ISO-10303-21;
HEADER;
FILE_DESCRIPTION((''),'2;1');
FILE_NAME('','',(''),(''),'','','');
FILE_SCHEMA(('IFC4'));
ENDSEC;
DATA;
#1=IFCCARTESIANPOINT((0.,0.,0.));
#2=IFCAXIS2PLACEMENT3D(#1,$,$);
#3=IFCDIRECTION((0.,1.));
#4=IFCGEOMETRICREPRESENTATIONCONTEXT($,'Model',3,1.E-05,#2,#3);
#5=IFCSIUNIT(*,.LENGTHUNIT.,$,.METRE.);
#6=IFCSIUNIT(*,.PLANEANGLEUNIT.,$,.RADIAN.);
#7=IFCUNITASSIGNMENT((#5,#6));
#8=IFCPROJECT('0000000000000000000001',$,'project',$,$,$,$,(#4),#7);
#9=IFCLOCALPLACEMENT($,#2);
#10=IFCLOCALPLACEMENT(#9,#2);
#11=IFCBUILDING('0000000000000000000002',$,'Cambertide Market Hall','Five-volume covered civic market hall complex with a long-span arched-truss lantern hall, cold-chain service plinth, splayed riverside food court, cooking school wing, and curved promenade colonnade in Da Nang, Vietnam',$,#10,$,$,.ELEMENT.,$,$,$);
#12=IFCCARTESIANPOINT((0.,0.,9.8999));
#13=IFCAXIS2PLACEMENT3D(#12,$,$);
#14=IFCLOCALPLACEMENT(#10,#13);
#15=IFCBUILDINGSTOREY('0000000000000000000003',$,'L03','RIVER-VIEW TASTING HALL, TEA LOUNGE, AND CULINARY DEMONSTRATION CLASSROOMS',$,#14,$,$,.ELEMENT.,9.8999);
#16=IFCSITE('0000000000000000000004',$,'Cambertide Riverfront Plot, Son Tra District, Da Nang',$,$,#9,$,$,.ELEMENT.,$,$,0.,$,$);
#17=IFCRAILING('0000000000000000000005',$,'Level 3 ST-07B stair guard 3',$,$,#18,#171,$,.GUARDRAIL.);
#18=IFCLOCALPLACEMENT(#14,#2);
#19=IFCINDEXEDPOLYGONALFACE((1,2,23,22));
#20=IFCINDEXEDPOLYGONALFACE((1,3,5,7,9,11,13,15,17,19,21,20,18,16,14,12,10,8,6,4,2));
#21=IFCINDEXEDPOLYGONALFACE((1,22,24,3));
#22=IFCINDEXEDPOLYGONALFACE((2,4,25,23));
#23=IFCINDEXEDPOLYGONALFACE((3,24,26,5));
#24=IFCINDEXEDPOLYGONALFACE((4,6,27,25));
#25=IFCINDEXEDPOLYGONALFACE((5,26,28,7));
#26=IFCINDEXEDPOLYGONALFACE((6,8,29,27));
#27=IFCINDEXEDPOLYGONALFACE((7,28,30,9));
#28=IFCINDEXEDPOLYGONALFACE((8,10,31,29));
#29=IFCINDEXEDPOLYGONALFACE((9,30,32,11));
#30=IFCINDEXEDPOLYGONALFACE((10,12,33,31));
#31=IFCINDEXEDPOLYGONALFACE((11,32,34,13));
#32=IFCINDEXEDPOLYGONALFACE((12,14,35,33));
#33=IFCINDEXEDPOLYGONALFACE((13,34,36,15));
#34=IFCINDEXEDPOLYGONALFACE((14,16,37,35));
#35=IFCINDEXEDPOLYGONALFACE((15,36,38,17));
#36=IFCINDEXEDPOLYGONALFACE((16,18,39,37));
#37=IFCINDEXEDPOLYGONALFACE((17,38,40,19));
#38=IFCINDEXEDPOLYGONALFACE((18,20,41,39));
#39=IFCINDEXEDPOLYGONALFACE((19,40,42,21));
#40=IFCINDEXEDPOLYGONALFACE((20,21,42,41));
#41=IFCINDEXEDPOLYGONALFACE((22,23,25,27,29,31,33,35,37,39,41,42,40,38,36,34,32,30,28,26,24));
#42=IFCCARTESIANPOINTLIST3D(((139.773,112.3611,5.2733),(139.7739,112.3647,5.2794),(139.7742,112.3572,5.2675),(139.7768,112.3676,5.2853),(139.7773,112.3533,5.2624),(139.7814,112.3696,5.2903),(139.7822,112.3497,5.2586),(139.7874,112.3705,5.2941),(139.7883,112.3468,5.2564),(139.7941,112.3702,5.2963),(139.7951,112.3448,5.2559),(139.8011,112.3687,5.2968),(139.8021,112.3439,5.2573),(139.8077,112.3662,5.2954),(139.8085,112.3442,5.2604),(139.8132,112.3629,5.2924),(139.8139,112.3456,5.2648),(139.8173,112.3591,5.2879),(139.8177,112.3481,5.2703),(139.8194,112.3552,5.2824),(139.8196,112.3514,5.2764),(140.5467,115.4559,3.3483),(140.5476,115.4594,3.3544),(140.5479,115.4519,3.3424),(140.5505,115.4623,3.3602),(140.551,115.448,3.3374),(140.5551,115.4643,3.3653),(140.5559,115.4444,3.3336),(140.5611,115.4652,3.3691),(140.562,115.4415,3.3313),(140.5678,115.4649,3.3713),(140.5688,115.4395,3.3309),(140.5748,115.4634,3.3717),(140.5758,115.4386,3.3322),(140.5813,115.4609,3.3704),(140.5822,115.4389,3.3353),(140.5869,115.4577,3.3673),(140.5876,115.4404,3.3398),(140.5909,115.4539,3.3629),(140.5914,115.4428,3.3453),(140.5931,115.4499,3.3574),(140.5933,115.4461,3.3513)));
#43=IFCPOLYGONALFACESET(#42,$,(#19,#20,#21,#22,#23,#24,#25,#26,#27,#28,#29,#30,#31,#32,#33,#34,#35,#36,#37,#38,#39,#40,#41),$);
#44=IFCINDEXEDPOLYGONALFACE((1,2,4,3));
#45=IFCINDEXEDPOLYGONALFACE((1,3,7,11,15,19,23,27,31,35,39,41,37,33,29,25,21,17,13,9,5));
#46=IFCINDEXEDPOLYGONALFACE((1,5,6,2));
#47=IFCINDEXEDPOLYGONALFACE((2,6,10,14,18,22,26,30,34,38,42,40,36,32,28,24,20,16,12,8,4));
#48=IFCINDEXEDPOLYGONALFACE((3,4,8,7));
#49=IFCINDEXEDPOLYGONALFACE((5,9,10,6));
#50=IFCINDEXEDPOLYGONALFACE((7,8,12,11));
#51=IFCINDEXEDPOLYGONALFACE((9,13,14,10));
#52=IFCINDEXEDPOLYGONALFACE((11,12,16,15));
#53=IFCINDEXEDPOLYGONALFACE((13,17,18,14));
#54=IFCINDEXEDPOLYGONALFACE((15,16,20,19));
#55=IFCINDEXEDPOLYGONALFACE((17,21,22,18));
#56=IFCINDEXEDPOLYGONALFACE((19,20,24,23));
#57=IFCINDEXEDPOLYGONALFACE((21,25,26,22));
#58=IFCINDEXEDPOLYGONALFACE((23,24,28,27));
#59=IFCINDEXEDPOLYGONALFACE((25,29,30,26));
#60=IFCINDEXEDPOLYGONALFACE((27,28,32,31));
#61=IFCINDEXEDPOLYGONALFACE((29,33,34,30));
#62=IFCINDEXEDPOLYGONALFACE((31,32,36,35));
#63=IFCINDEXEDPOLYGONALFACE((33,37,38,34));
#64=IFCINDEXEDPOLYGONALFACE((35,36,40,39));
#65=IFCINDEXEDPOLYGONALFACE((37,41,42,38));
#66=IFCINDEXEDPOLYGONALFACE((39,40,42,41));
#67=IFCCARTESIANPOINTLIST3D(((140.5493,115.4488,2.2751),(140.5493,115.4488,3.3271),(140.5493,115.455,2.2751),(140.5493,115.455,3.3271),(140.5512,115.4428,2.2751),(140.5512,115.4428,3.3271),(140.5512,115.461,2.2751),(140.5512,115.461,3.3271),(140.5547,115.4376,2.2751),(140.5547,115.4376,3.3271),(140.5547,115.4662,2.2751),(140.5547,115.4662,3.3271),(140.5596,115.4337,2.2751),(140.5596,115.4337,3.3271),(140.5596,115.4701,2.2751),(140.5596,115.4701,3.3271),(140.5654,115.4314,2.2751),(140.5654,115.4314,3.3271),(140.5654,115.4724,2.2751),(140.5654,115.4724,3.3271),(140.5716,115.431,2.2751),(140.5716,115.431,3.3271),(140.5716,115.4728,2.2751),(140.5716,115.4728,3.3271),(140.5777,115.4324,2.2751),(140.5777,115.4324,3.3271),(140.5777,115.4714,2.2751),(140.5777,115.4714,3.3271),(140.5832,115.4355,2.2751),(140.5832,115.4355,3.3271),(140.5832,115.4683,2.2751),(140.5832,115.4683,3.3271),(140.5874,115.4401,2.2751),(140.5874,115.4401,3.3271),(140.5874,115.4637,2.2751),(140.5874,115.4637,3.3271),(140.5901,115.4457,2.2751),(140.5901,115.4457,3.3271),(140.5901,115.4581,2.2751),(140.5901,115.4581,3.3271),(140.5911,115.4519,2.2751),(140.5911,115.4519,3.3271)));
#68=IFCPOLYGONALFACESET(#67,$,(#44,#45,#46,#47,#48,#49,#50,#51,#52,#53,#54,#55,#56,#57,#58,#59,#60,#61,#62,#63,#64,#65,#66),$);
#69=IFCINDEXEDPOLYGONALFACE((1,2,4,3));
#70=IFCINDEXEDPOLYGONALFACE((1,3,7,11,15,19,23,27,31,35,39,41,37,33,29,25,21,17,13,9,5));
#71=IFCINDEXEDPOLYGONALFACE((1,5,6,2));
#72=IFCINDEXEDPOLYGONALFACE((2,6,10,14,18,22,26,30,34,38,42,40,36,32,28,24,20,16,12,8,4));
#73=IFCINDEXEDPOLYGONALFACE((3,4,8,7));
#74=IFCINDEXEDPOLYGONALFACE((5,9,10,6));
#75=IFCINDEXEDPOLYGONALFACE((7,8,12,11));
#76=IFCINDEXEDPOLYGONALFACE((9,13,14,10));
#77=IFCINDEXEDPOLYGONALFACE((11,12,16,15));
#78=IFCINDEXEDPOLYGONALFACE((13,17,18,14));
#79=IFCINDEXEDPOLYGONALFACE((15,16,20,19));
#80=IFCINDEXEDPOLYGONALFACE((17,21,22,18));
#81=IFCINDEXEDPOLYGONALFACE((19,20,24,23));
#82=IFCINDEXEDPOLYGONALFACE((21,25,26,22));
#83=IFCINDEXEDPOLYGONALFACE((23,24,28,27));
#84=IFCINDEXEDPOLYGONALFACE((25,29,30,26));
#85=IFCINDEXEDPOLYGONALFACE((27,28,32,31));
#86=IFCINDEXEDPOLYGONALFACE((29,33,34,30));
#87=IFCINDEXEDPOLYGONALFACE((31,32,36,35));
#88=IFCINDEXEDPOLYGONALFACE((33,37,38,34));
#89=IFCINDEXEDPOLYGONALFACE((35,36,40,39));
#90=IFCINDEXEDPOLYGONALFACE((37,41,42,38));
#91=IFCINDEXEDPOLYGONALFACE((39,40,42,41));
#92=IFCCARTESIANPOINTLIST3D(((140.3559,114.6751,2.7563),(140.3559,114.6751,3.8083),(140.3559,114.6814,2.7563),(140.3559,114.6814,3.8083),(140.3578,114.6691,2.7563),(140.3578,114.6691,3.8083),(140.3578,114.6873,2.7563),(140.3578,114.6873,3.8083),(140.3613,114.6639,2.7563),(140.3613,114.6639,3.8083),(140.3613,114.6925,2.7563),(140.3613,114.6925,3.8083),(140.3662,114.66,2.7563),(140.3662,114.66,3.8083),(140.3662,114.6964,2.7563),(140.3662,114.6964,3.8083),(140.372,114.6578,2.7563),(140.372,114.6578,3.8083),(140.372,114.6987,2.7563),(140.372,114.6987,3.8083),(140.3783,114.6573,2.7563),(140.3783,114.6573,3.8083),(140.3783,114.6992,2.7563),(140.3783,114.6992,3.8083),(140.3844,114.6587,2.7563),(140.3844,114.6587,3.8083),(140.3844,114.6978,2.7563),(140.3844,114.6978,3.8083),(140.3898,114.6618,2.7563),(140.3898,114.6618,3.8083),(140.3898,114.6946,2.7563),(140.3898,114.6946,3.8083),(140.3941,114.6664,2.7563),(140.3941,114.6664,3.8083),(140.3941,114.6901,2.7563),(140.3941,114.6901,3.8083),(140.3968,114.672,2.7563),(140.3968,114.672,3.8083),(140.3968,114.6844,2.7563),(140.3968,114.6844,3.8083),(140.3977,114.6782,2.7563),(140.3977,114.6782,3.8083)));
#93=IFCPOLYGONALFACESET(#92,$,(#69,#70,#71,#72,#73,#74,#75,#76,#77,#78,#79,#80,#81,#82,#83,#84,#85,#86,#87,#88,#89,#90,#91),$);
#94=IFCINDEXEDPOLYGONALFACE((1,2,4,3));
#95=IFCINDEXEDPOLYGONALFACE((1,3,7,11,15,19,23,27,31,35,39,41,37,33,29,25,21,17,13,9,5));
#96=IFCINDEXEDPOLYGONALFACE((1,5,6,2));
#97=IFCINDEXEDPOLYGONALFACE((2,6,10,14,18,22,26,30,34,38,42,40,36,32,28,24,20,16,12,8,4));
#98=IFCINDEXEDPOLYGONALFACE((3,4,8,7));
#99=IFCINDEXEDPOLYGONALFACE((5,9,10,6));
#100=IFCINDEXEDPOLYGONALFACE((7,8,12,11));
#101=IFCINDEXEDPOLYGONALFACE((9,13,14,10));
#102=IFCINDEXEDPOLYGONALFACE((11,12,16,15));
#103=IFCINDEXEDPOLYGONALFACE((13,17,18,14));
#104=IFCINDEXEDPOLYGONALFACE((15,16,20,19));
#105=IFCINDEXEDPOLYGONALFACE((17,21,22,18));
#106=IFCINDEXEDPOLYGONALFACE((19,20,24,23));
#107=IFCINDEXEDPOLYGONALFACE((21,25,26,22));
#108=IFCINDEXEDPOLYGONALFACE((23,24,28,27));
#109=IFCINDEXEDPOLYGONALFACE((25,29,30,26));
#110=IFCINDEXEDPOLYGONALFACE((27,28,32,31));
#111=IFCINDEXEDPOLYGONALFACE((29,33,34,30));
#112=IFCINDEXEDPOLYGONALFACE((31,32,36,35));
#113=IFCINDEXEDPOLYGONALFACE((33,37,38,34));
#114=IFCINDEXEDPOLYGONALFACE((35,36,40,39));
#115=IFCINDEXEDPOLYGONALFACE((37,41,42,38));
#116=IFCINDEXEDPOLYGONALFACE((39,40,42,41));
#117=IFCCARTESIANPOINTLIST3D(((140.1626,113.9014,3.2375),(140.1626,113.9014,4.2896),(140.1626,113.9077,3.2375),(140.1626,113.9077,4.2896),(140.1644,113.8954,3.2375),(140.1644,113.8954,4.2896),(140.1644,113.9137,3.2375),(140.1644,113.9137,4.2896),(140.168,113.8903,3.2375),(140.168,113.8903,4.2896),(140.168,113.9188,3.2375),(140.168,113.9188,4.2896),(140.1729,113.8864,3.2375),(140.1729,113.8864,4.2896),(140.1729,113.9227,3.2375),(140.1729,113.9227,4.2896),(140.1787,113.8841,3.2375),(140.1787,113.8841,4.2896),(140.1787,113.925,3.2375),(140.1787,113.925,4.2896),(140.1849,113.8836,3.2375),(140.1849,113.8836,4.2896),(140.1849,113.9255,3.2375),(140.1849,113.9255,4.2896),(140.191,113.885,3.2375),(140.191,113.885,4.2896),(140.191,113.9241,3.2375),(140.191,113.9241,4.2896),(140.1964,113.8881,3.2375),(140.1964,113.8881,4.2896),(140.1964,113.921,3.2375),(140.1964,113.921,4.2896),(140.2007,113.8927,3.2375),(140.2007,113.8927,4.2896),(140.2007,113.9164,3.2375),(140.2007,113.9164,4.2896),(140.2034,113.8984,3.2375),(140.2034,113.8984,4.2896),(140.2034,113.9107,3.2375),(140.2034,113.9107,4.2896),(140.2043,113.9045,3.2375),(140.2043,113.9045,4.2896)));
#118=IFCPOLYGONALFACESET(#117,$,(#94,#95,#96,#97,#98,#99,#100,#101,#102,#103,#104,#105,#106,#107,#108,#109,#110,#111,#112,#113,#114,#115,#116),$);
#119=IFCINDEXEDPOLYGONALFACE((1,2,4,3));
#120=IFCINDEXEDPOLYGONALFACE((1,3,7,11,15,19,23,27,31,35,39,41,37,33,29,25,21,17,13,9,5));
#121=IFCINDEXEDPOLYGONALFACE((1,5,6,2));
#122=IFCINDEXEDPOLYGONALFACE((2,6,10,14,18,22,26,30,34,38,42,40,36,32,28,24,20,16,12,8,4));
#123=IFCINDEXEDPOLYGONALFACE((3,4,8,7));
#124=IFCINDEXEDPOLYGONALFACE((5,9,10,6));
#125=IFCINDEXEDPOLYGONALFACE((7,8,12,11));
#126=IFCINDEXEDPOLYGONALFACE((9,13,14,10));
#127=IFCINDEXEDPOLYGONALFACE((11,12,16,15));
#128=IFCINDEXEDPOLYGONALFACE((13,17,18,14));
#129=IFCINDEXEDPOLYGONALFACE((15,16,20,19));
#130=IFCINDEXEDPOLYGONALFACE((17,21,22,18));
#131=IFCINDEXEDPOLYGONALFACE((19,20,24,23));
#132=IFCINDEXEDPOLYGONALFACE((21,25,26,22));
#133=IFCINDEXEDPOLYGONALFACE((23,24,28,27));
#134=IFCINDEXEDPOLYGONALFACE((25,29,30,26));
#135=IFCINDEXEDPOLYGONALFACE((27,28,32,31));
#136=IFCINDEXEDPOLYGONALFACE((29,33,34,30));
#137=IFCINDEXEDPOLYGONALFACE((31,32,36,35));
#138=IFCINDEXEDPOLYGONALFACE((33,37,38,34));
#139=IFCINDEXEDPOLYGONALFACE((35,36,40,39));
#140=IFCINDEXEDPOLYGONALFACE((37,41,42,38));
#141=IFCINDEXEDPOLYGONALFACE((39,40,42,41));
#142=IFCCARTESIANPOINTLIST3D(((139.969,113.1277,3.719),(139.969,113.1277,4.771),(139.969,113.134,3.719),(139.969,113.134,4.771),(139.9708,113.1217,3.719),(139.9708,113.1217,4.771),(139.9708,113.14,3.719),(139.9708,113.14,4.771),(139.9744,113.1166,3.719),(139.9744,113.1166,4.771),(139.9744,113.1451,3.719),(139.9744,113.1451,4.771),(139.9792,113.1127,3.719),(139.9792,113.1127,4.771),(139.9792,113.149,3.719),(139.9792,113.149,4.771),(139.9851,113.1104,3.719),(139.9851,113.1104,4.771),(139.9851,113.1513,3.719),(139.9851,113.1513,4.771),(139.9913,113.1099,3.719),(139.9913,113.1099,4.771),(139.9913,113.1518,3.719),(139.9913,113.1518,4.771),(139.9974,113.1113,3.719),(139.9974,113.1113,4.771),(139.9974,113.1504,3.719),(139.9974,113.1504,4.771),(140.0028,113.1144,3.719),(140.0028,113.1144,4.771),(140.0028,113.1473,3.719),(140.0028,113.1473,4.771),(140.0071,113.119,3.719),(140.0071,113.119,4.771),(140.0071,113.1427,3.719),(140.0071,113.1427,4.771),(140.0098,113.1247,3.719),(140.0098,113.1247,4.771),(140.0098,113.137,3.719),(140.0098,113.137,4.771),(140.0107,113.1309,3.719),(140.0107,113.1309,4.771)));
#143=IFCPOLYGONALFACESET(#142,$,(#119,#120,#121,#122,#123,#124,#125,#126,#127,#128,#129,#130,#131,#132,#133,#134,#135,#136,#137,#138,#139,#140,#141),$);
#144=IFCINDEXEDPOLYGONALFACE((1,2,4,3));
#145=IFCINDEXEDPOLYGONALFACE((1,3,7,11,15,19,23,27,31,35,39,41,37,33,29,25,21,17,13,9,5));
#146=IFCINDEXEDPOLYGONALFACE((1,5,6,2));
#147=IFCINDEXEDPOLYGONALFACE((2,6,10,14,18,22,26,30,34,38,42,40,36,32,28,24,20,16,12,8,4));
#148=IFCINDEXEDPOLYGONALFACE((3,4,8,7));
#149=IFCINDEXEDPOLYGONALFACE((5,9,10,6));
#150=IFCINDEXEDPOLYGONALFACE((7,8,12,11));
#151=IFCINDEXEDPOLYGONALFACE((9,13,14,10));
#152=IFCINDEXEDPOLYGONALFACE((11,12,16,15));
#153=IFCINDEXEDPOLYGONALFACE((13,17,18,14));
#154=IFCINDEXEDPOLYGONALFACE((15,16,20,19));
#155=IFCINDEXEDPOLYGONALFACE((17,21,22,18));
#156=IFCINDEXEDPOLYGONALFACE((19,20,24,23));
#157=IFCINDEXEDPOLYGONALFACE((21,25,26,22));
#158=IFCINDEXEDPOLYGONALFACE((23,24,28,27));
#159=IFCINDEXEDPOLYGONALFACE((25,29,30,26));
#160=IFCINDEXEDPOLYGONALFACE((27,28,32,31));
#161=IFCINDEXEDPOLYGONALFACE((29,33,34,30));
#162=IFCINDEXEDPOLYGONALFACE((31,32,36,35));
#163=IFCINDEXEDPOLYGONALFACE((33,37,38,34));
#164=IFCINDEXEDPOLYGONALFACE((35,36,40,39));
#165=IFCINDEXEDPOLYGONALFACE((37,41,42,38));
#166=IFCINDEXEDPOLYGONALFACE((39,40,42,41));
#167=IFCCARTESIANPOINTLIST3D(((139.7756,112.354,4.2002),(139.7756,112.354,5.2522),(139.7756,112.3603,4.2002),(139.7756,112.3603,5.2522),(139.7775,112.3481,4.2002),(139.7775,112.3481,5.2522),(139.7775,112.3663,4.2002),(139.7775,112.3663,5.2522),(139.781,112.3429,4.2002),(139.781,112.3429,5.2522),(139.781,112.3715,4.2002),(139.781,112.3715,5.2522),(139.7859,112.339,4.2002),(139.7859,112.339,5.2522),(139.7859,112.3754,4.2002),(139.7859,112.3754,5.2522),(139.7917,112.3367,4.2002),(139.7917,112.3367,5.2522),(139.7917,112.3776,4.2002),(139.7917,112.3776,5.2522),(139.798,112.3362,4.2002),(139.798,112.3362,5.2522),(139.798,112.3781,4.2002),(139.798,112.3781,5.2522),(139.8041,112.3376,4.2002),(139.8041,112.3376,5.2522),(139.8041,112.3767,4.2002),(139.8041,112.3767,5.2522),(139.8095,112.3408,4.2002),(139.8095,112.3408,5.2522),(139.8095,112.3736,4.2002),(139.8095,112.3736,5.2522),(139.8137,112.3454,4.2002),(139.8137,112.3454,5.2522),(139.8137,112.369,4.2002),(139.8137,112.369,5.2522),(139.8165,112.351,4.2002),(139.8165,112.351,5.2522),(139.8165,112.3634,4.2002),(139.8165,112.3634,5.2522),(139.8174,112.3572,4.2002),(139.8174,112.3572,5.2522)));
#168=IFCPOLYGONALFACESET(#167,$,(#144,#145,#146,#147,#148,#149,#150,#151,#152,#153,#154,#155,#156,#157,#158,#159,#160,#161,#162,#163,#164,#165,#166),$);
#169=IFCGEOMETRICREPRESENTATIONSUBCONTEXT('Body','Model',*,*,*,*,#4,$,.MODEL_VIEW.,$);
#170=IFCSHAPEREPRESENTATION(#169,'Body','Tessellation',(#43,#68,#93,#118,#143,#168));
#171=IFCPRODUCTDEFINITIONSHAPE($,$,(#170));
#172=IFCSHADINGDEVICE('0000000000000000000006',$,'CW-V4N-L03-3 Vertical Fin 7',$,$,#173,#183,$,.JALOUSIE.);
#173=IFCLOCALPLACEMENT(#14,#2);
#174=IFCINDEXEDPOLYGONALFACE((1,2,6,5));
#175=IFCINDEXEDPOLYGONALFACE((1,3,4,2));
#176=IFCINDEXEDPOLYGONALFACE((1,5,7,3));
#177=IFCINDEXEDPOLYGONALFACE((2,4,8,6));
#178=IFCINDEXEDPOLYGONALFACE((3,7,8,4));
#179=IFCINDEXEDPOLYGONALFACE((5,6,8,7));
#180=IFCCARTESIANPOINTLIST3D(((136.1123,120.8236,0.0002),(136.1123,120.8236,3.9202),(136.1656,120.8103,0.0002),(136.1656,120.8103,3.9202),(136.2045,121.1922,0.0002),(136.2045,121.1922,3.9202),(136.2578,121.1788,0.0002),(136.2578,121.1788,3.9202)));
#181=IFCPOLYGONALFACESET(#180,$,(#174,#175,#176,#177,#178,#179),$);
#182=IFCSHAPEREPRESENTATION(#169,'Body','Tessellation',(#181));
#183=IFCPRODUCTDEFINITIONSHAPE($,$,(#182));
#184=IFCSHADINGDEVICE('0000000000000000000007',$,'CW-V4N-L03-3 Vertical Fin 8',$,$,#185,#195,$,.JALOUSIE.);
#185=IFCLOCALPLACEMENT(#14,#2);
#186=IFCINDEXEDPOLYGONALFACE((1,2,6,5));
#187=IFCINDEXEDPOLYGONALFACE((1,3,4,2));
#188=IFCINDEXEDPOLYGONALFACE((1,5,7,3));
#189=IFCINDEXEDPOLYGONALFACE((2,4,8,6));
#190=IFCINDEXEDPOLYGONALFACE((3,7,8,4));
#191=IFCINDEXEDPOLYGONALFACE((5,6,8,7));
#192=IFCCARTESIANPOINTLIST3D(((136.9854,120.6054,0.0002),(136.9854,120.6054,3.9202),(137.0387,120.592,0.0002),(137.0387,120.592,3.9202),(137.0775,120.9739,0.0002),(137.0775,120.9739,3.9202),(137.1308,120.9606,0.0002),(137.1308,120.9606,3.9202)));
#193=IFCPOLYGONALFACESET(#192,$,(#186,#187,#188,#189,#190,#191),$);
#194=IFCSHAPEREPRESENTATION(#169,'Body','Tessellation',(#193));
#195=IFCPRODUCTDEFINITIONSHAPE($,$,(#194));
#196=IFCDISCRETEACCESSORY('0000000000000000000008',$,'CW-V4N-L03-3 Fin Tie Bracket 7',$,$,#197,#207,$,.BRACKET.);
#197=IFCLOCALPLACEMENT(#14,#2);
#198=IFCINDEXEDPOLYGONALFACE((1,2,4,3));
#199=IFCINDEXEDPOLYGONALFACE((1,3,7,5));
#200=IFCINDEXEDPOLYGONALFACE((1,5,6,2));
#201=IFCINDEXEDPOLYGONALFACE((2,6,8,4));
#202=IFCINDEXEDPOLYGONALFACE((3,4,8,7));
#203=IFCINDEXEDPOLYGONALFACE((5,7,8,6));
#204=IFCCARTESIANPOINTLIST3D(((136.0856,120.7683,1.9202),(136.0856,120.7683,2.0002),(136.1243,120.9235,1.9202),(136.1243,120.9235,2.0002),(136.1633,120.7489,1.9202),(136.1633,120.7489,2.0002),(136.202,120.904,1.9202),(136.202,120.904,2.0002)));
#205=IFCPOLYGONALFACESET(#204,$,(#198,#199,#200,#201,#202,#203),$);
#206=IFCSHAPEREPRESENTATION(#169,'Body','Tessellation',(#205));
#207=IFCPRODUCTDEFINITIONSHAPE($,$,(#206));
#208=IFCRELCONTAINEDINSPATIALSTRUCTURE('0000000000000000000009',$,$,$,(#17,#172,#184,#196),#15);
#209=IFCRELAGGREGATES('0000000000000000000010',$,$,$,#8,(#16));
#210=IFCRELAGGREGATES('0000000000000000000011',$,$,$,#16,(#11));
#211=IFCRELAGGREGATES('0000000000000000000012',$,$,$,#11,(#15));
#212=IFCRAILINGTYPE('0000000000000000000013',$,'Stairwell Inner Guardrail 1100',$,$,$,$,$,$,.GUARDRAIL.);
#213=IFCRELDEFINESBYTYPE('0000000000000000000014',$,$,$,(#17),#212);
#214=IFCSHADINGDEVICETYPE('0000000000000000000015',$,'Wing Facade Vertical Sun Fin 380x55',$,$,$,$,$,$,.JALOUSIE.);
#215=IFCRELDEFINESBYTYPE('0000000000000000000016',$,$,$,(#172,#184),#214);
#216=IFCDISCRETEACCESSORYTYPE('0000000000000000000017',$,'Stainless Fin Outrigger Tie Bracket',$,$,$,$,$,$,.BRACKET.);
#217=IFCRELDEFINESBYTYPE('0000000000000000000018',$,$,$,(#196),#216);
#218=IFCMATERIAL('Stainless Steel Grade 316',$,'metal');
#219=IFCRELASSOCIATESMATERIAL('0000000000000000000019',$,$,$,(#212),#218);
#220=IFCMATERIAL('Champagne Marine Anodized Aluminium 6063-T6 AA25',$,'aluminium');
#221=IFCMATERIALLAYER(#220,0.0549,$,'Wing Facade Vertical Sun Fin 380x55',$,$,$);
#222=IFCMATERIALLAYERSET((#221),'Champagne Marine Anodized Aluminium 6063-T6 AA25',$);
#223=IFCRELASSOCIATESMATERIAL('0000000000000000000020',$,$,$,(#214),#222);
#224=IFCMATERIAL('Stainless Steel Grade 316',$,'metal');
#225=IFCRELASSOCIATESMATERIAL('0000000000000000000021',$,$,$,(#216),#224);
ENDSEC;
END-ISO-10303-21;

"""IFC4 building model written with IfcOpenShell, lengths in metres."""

from ifc_helpers import new_model, si_unit, direction, frame, origin, origin_2d, place, context, subcontext, project, spatial, rectangle, circle, extrude, material, layer, layer_set, type_object, element, save


model = new_model("IFC4")

# Units and contexts
model_context = context("Model", 3, precision=1e-05, world=origin(), true_north=direction((0.0, 1.0)))
body_context = subcontext(model_context, "Body", "Model", "MODEL_VIEW")
ifc_project = project(units=[si_unit("LENGTHUNIT", "METRE"), si_unit("PLANEANGLEUNIT", "RADIAN")], contexts=[model_context])

# Site, building, storey
site_placement = place(None, origin())
site = spatial("IfcSite", under=ifc_project, at=site_placement, Name="Cambertide Riverfront Plot, Son Tra District, Da Nang", CompositionType="ELEMENT", RefElevation=0.0)
building_placement = place(site_placement, origin())
building = spatial("IfcBuilding", under=site, at=building_placement, Name="Cambertide Market Hall", Description="Five-volume covered civic market hall complex with a long-span arched-truss lantern hall, cold-chain service plinth, splayed riverside food court, cooking school wing, and curved promenade colonnade in Da Nang, Vietnam", CompositionType="ELEMENT")
storey_placement = place(building_placement, frame((0.0, 0.0, 9.8999)))
storey = spatial("IfcBuildingStorey", under=building, at=storey_placement, Name="L03", Description="RIVER-VIEW TASTING HALL, TEA LOUNGE, AND CULINARY DEMONSTRATION CLASSROOMS", CompositionType="ELEMENT", Elevation=9.8999)

# Railing
ifc_material_1 = material(Name="Stainless Steel Grade 316", Category="metal")
railing_type_1 = type_object("IfcRailingType", Name="Stairwell Inner Guardrail 1100", PredefinedType="GUARDRAIL", material=ifc_material_1)
railing_1_placement = place(storey_placement, frame((140.5701, 115.4519, 2.2751)))
element("IfcRailing", 1, at=railing_1_placement, inside=storey, type_object=railing_type_1, Name="Level 3 ST-07B stair guard 3", PredefinedType="GUARDRAIL", context=body_context, shape_type="SweptSolid", body=[
    extrude(circle(Radius=0.0239, at=origin_2d()), frame((0.0, 0.0, 1.0762), z_axis=(-0.207654, -0.830616, 0.516678), x_axis=(0.970143, -0.242536, 0.0)), (0.0, 0.0, 1.0), 3.7258),
    extrude(circle(Radius=0.021, at=origin_2d()), origin(), (0.0, 0.0, 1.0), 1.052),
    extrude(circle(Radius=0.021, at=origin_2d()), frame((-0.1934, -0.7737, 0.4812)), (0.0, 0.0, 1.0), 1.052),
    extrude(circle(Radius=0.021, at=origin_2d()), frame((-0.3867, -1.5474, 0.9624)), (0.0, 0.0, 1.0), 1.052),
    extrude(circle(Radius=0.021, at=origin_2d()), frame((-0.5803, -2.321, 1.4438)), (0.0, 0.0, 1.0), 1.052),
    extrude(circle(Radius=0.021, at=origin_2d()), frame((-0.7737, -3.0947, 1.925)), (0.0, 0.0, 1.0), 1.052),
])

# Shading devices
ifc_material_2 = material(Name="Champagne Marine Anodized Aluminium 6063-T6 AA25", Category="aluminium")
ifc_layer_1 = layer(ifc_material_2, 0.0549, Name="Wing Facade Vertical Sun Fin 380x55")
ifc_layer_set_1 = layer_set([ifc_layer_1], Name="Champagne Marine Anodized Aluminium 6063-T6 AA25")
shading_device_type = type_object("IfcShadingDeviceType", Name="Wing Facade Vertical Sun Fin 380x55", PredefinedType="JALOUSIE", material=ifc_layer_set_1)
for number, where, z_axis, x_axis, name in (
    (2, (136.1851, 121.0012, 0.0002), (0.0, 0.0, 1.0), (0.970143, -0.242536, 0.0), "CW-V4N-L03-3 Vertical Fin 7"),
    (3, (137.0581, 120.783, 0.0002), (0.0, 0.0, 1.0), (0.970143, -0.242536, 0.0), "CW-V4N-L03-3 Vertical Fin 8"),
):
    element("IfcShadingDevice", number, at=place(storey_placement, frame(where, z_axis=z_axis, x_axis=x_axis)), inside=storey, type_object=shading_device_type, Name=name, PredefinedType="JALOUSIE", context=body_context, shape_type="SweptSolid", body=[
        extrude(rectangle(XDim=0.0549, YDim=0.3799, at=origin_2d()), origin(), (0.0, 0.0, 1.0), 3.9199),
    ])

# Discrete accessory
ifc_material_3 = material(Name="Stainless Steel Grade 316", Category="metal")
discrete_accessory_type = type_object("IfcDiscreteAccessoryType", Name="Stainless Fin Outrigger Tie Bracket", PredefinedType="BRACKET", material=ifc_material_3)
for number, where, z_axis, x_axis, name in (
    (4, (136.1438, 120.8362, 1.9202), (0.0, 0.0, 1.0), (0.970143, -0.242536, 0.0), "CW-V4N-L03-3 Fin Tie Bracket 7"),
):
    element("IfcDiscreteAccessory", number, at=place(storey_placement, frame(where, z_axis=z_axis, x_axis=x_axis)), inside=storey, type_object=discrete_accessory_type, Name=name, PredefinedType="BRACKET", context=body_context, shape_type="SweptSolid", body=[
        extrude(rectangle(XDim=0.0801, YDim=0.1599, at=origin_2d()), origin(), (0.0, 0.0, 1.0), 0.0801),
    ])

save(model, "model.ifc")
